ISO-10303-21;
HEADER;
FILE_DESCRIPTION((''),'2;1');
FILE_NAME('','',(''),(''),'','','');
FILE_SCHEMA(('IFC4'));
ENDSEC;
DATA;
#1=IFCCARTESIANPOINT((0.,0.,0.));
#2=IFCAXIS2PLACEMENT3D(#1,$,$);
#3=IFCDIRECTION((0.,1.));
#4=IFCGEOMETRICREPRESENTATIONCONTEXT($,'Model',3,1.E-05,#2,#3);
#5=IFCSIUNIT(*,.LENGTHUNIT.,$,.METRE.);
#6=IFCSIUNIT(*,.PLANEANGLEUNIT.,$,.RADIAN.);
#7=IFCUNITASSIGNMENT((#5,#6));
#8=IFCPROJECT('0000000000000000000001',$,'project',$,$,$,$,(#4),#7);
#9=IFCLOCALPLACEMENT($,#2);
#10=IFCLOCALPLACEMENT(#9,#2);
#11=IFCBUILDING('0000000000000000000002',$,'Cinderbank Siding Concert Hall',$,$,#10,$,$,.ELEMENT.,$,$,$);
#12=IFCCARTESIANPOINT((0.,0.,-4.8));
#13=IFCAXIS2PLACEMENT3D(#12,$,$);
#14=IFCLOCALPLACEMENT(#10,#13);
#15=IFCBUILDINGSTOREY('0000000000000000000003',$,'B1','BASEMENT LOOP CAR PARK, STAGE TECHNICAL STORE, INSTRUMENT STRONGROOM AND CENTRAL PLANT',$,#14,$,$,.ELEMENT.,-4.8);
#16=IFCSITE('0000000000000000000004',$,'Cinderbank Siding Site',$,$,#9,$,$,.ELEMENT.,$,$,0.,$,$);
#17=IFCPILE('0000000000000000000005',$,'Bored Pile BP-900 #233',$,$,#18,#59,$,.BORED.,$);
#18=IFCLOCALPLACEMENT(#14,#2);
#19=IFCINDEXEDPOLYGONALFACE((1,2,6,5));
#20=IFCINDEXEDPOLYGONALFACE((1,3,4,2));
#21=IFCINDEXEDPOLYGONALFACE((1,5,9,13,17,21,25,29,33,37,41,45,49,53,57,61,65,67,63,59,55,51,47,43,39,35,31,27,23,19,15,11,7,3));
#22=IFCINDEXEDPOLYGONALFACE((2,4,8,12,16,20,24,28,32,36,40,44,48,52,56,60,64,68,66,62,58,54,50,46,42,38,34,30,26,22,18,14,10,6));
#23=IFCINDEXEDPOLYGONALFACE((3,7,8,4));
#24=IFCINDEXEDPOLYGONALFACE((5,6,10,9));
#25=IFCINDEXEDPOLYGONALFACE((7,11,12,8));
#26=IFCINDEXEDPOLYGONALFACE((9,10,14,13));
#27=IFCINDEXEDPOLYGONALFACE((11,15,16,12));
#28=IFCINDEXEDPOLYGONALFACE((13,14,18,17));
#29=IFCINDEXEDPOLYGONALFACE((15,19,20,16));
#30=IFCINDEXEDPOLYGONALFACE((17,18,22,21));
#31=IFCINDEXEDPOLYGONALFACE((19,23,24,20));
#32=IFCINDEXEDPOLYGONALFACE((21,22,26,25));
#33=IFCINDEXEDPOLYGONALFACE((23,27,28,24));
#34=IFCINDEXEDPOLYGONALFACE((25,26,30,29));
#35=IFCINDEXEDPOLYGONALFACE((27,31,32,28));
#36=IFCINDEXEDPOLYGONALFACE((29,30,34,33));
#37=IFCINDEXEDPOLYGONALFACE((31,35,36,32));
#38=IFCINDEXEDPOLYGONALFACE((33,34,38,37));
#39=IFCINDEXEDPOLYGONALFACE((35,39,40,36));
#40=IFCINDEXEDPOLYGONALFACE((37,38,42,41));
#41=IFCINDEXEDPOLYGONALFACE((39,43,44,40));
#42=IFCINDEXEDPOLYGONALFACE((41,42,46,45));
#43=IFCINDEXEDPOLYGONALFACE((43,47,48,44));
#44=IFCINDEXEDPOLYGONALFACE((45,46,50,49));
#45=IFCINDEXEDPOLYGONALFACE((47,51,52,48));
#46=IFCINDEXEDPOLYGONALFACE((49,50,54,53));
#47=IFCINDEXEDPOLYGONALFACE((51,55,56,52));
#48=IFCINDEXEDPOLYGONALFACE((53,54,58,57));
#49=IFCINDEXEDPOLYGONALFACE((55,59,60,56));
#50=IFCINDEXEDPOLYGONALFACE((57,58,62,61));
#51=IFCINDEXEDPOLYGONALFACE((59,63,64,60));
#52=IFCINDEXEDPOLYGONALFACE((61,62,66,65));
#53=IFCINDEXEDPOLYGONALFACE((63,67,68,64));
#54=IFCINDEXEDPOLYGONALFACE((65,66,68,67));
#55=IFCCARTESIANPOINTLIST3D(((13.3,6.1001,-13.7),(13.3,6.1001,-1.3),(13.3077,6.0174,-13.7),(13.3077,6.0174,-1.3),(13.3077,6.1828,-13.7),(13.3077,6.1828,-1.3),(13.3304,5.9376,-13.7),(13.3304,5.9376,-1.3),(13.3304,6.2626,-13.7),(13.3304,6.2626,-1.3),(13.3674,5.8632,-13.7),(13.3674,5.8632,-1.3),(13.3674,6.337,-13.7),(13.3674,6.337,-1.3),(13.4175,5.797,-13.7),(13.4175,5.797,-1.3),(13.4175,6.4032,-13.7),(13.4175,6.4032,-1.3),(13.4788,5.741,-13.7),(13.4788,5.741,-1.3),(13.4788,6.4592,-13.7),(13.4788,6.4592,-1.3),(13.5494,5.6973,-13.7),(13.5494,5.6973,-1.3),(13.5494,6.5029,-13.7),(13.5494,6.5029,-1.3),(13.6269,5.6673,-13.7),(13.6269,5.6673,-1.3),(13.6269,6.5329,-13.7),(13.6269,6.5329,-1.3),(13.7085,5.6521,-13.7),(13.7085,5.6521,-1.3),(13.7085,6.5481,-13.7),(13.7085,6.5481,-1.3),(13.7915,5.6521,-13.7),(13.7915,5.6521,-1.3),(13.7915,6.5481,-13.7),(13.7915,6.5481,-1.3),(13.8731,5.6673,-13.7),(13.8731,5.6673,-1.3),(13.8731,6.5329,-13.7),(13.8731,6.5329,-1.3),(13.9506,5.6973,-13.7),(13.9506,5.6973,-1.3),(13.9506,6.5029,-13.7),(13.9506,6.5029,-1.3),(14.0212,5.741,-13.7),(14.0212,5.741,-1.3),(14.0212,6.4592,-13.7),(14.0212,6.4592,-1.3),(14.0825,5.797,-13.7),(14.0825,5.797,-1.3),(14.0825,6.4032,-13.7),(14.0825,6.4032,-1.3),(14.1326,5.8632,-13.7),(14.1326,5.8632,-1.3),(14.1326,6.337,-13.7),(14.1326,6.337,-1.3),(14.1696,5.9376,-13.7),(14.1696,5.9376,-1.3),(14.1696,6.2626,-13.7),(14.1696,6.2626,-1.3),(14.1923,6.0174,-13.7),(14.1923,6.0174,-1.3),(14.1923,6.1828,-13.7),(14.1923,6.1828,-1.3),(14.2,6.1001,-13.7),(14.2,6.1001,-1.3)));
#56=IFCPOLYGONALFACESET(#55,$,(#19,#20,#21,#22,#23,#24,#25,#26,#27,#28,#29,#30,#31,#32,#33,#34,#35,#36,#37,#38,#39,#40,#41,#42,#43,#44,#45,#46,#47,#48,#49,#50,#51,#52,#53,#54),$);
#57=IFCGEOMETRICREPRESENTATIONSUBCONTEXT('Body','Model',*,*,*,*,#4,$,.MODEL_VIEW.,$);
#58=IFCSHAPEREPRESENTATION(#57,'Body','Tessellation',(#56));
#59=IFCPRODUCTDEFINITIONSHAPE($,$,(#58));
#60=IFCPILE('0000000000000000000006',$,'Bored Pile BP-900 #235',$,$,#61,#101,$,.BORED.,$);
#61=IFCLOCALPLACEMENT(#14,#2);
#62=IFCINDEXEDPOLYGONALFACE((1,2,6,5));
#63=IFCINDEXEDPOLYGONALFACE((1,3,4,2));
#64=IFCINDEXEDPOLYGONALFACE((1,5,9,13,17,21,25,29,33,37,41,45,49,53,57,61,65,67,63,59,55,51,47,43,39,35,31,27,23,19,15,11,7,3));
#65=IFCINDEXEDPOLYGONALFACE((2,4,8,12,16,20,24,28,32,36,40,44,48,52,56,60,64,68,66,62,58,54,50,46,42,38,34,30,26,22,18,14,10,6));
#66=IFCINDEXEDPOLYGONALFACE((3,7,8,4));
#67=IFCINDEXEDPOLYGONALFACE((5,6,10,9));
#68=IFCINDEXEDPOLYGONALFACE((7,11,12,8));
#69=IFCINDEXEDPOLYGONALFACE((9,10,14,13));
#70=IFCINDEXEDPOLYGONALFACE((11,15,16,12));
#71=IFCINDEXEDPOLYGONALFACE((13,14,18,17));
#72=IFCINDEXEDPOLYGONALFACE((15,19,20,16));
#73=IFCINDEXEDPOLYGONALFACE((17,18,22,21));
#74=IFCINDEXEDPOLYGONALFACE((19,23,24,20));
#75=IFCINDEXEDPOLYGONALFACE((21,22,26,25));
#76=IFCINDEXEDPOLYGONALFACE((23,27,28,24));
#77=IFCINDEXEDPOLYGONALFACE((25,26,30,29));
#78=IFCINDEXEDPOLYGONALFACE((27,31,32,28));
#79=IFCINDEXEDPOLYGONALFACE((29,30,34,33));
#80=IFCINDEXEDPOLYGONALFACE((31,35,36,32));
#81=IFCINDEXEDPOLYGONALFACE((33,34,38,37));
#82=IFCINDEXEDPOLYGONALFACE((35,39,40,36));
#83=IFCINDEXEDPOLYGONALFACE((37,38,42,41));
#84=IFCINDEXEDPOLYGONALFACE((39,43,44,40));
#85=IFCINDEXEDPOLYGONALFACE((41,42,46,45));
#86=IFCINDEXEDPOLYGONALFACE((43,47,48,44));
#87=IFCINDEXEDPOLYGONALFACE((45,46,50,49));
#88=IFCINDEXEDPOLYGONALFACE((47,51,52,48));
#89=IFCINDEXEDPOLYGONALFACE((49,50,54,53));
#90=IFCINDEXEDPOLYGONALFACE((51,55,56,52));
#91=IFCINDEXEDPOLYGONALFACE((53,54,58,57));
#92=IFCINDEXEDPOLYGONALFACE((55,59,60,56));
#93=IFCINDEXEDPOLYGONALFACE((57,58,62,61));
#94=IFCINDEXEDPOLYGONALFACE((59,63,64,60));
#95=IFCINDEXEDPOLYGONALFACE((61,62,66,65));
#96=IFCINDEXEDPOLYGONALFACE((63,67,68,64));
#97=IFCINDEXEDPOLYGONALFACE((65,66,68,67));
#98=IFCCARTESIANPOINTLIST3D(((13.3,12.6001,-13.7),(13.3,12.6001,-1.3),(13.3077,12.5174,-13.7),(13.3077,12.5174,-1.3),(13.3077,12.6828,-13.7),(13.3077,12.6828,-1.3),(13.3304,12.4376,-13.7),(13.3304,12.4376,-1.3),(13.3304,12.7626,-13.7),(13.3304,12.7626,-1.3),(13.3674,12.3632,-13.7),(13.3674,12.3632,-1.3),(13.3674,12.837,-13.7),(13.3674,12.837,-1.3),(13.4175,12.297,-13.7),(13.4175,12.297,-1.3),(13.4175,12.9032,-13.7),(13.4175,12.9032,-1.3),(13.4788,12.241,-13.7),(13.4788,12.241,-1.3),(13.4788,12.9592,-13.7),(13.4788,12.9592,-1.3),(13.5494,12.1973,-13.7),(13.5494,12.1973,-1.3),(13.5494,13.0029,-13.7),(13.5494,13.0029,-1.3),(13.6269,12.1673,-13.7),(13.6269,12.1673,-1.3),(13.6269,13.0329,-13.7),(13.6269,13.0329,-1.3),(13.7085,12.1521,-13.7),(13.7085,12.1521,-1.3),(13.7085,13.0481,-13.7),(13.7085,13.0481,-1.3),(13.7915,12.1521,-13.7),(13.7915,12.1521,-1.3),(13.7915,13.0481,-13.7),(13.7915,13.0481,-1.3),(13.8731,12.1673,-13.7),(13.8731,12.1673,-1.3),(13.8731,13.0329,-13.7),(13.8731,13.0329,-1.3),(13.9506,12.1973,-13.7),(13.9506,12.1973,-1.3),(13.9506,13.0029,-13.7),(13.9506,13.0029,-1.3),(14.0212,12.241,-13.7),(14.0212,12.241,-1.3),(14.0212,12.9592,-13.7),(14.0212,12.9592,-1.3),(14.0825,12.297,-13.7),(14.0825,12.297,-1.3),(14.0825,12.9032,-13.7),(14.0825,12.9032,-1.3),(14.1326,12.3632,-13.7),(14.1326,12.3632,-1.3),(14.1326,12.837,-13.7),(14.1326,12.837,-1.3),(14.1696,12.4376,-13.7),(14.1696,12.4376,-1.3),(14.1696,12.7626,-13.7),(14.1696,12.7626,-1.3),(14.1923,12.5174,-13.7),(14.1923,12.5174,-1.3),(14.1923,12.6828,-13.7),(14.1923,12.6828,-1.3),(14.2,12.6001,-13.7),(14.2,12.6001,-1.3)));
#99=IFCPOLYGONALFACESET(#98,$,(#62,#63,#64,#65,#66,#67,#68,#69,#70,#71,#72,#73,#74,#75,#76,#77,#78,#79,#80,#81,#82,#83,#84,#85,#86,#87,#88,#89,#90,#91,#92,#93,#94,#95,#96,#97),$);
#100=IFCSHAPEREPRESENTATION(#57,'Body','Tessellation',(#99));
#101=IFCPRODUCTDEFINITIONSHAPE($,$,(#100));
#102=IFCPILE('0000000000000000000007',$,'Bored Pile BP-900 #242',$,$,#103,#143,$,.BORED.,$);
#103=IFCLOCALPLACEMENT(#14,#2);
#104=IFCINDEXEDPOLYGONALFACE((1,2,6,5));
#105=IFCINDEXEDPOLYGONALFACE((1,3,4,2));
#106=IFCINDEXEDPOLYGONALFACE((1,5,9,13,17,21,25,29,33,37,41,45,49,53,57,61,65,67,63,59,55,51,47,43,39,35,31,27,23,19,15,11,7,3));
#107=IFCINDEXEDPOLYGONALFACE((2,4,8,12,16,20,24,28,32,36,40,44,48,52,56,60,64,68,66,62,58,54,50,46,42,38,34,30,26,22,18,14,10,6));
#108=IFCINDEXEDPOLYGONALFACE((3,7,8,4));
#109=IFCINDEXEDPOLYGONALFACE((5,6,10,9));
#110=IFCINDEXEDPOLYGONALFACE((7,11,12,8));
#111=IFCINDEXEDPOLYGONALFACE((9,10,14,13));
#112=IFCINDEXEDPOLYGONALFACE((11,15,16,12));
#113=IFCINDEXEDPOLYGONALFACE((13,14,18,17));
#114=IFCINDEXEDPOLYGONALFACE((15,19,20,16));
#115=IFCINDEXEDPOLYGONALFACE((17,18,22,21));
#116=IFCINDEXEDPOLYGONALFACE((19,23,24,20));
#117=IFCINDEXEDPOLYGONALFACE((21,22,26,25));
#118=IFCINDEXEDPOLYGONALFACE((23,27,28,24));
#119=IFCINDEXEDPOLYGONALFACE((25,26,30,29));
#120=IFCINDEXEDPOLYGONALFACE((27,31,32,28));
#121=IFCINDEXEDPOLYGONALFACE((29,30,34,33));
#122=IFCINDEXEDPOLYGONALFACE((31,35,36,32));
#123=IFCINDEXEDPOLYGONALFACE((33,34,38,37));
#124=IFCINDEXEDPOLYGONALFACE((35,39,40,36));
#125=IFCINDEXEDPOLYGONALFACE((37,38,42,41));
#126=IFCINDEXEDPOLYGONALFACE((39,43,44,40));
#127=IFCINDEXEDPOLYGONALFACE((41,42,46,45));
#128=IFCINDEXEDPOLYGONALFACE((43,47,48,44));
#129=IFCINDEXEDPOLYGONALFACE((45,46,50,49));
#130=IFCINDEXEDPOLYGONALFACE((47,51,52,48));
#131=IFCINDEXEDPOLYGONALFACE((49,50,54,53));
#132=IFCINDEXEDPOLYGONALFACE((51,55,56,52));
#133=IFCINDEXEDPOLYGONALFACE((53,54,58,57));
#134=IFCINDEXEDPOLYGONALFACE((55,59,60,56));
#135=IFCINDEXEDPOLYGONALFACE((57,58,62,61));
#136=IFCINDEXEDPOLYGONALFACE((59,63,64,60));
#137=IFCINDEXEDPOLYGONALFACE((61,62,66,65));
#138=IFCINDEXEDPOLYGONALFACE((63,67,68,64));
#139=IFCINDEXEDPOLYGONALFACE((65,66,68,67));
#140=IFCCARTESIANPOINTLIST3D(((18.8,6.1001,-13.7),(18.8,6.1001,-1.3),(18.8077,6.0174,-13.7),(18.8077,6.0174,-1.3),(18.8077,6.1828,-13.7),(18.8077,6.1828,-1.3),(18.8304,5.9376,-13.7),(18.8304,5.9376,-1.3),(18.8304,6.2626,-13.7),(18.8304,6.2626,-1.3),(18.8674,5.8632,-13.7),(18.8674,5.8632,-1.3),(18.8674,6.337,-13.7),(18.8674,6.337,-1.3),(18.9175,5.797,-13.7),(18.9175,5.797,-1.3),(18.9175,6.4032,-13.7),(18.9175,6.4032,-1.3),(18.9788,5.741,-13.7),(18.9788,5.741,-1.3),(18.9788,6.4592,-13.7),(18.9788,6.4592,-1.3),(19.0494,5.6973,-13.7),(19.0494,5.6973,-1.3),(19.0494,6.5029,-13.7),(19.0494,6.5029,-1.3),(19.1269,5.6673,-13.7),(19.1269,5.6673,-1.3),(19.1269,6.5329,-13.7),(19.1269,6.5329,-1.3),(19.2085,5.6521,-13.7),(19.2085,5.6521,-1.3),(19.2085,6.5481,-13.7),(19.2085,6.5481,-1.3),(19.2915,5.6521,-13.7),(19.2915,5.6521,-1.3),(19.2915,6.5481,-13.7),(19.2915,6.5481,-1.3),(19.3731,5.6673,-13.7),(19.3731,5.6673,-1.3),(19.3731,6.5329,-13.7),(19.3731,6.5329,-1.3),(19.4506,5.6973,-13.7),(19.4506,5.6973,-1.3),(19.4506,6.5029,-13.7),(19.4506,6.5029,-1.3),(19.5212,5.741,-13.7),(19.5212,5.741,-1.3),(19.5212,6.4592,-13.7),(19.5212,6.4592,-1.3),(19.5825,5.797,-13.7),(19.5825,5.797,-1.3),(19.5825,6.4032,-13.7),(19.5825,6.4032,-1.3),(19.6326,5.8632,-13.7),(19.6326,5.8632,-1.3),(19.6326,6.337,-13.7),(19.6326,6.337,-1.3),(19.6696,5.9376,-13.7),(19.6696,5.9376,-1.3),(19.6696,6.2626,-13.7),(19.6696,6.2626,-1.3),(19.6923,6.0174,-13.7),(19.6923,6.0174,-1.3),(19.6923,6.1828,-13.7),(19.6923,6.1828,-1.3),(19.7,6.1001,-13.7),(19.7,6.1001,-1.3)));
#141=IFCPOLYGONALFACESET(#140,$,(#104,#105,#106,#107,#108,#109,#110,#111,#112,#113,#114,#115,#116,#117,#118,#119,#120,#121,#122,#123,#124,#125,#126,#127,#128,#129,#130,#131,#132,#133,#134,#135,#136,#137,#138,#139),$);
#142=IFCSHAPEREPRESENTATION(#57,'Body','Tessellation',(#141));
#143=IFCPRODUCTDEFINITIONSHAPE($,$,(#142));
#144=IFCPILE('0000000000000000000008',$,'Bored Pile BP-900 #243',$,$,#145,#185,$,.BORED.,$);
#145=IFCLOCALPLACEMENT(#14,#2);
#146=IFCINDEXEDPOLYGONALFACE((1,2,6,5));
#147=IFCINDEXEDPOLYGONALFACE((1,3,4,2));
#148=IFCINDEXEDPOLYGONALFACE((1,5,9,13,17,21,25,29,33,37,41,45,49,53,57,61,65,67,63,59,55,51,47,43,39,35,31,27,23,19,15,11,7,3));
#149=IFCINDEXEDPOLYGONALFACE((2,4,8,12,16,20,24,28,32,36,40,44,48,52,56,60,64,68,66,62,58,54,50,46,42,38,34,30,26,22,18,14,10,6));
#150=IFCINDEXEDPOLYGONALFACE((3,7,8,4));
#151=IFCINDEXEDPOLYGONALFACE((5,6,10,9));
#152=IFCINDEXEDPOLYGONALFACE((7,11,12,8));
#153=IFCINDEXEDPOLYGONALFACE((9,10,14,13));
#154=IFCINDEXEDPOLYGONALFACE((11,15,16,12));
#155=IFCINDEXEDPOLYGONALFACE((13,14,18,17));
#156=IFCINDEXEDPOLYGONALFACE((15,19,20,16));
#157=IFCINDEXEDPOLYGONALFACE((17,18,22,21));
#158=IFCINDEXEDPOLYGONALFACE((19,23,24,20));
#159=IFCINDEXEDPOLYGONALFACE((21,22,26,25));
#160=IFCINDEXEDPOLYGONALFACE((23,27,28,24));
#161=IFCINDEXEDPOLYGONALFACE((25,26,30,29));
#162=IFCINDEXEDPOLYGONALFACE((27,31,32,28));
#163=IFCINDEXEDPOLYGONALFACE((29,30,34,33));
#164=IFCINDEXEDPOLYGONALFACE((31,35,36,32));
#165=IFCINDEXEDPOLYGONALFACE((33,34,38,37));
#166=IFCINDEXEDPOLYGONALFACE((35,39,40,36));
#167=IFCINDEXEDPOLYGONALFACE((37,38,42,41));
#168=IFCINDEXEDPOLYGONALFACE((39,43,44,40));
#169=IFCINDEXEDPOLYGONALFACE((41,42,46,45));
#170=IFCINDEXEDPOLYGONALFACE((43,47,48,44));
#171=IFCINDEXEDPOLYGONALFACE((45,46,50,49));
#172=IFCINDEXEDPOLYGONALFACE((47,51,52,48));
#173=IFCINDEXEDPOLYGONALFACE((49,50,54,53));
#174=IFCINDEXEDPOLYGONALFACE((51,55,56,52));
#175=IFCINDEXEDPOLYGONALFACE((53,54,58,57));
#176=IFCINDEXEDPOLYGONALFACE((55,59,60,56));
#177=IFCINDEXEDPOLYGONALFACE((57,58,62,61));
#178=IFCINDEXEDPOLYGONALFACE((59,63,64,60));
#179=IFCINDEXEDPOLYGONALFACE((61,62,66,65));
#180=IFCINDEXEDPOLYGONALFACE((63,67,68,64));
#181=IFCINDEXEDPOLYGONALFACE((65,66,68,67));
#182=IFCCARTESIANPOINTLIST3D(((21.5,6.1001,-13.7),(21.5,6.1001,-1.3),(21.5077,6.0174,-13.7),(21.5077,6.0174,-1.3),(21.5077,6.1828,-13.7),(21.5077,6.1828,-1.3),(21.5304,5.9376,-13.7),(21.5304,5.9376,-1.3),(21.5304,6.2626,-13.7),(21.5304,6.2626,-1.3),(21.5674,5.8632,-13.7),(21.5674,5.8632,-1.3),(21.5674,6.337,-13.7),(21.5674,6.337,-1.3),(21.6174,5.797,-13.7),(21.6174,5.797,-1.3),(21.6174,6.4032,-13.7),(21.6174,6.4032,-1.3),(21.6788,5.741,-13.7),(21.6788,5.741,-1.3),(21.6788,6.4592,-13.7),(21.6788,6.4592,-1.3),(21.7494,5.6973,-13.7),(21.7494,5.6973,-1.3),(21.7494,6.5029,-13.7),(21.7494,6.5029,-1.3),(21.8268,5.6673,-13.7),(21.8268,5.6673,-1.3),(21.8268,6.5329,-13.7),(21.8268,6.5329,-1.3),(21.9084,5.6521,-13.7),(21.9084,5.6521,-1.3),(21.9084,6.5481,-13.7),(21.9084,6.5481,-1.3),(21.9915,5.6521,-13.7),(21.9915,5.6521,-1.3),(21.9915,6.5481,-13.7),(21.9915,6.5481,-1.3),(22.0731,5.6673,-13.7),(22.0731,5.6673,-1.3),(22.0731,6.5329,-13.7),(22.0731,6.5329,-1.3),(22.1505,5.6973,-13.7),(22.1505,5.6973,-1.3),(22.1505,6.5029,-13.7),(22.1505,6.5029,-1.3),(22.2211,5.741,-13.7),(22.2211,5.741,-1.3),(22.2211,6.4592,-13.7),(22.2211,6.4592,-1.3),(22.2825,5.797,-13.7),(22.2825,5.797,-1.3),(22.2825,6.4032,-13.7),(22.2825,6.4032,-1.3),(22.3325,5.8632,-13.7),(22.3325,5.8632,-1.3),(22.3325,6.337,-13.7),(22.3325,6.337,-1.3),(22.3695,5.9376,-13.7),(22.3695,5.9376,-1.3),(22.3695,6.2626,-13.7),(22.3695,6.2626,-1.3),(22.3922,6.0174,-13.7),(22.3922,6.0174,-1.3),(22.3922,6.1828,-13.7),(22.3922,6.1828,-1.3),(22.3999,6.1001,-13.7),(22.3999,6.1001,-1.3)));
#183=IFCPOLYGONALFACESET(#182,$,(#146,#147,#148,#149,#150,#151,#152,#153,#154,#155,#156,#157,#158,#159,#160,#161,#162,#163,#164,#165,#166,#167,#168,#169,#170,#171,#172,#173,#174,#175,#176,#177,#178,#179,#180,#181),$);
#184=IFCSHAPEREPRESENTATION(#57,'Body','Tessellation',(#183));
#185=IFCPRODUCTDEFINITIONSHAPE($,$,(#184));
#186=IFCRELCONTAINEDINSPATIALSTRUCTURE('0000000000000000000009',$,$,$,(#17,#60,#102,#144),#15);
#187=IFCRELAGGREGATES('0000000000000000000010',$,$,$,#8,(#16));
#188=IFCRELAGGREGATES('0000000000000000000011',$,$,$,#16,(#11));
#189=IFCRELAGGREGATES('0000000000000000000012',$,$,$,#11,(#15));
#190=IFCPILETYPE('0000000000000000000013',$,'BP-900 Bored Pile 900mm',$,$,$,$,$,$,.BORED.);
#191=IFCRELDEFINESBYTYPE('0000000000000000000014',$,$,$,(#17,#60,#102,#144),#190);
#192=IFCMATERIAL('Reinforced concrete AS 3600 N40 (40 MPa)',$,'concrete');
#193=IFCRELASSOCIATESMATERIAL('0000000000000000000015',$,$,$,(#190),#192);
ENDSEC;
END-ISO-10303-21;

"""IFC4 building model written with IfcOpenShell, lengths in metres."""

from ifc_helpers import new_model, si_unit, direction, frame, origin, origin_2d, place, context, subcontext, project, spatial, circle, extrude, material, material_profile, profile_set, type_object, element, save


model = new_model("IFC4")

# Units and contexts
model_context = context("Model", 3, precision=1e-05, world=origin(), true_north=direction((0.0, 1.0)))
body_context = subcontext(model_context, "Body", "Model", "MODEL_VIEW")
ifc_project = project(units=[si_unit("LENGTHUNIT", "METRE"), si_unit("PLANEANGLEUNIT", "RADIAN")], contexts=[model_context])

# Site, building, storey
site_placement = place(None, origin())
site = spatial("IfcSite", under=ifc_project, at=site_placement, Name="Cinderbank Siding Site", CompositionType="ELEMENT", RefElevation=0.0)
building_placement = place(site_placement, origin())
building = spatial("IfcBuilding", under=site, at=building_placement, Name="Cinderbank Siding Concert Hall", CompositionType="ELEMENT")
storey_placement = place(building_placement, frame((0.0, 0.0, -4.8)))
storey = spatial("IfcBuildingStorey", under=building, at=storey_placement, Name="B1", Description="BASEMENT LOOP CAR PARK, STAGE TECHNICAL STORE, INSTRUMENT STRONGROOM AND CENTRAL PLANT", CompositionType="ELEMENT", Elevation=-4.8)

# Piles
ifc_material_1 = material(Name="Reinforced concrete AS 3600 N40 (40 MPa)", Category="concrete")
ifc_material_profile_1 = material_profile(ifc_material_1, circle(Radius=0.45, at=origin_2d()), Name="PILE-900DIA", Category="LoadBearing")
ifc_profile_set_1 = profile_set([ifc_material_profile_1], Name="Reinforced concrete AS 3600 N40 (40 MPa)")
pile_type = type_object("IfcPileType", Name="BP-900 Bored Pile 900mm", PredefinedType="BORED", material=ifc_profile_set_1)
for number, where, z_axis, x_axis, name in (
    (1, (13.75, 6.1001, -1.3), (0.0, 0.0, -1.0), (1.0, 0.0, 0.0), "Bored Pile BP-900 #233"),
    (2, (13.75, 12.6001, -1.3), (0.0, 0.0, -1.0), (1.0, 0.0, 0.0), "Bored Pile BP-900 #235"),
    (3, (19.25, 6.1001, -1.3), (0.0, 0.0, -1.0), (1.0, 0.0, 0.0), "Bored Pile BP-900 #242"),
    (4, (21.95, 6.1001, -1.3), (0.0, 0.0, -1.0), (1.0, 0.0, 0.0), "Bored Pile BP-900 #243"),
):
    element("IfcPile", number, at=place(storey_placement, frame(where, z_axis=z_axis, x_axis=x_axis)), inside=storey, type_object=pile_type, Name=name, PredefinedType="BORED", context=body_context, shape_type="SweptSolid", body=[
        extrude(circle(Radius=0.45, at=origin_2d()), origin(), (0.0, 0.0, 1.0), 12.3999),
    ])

save(model, "model.ifc")
